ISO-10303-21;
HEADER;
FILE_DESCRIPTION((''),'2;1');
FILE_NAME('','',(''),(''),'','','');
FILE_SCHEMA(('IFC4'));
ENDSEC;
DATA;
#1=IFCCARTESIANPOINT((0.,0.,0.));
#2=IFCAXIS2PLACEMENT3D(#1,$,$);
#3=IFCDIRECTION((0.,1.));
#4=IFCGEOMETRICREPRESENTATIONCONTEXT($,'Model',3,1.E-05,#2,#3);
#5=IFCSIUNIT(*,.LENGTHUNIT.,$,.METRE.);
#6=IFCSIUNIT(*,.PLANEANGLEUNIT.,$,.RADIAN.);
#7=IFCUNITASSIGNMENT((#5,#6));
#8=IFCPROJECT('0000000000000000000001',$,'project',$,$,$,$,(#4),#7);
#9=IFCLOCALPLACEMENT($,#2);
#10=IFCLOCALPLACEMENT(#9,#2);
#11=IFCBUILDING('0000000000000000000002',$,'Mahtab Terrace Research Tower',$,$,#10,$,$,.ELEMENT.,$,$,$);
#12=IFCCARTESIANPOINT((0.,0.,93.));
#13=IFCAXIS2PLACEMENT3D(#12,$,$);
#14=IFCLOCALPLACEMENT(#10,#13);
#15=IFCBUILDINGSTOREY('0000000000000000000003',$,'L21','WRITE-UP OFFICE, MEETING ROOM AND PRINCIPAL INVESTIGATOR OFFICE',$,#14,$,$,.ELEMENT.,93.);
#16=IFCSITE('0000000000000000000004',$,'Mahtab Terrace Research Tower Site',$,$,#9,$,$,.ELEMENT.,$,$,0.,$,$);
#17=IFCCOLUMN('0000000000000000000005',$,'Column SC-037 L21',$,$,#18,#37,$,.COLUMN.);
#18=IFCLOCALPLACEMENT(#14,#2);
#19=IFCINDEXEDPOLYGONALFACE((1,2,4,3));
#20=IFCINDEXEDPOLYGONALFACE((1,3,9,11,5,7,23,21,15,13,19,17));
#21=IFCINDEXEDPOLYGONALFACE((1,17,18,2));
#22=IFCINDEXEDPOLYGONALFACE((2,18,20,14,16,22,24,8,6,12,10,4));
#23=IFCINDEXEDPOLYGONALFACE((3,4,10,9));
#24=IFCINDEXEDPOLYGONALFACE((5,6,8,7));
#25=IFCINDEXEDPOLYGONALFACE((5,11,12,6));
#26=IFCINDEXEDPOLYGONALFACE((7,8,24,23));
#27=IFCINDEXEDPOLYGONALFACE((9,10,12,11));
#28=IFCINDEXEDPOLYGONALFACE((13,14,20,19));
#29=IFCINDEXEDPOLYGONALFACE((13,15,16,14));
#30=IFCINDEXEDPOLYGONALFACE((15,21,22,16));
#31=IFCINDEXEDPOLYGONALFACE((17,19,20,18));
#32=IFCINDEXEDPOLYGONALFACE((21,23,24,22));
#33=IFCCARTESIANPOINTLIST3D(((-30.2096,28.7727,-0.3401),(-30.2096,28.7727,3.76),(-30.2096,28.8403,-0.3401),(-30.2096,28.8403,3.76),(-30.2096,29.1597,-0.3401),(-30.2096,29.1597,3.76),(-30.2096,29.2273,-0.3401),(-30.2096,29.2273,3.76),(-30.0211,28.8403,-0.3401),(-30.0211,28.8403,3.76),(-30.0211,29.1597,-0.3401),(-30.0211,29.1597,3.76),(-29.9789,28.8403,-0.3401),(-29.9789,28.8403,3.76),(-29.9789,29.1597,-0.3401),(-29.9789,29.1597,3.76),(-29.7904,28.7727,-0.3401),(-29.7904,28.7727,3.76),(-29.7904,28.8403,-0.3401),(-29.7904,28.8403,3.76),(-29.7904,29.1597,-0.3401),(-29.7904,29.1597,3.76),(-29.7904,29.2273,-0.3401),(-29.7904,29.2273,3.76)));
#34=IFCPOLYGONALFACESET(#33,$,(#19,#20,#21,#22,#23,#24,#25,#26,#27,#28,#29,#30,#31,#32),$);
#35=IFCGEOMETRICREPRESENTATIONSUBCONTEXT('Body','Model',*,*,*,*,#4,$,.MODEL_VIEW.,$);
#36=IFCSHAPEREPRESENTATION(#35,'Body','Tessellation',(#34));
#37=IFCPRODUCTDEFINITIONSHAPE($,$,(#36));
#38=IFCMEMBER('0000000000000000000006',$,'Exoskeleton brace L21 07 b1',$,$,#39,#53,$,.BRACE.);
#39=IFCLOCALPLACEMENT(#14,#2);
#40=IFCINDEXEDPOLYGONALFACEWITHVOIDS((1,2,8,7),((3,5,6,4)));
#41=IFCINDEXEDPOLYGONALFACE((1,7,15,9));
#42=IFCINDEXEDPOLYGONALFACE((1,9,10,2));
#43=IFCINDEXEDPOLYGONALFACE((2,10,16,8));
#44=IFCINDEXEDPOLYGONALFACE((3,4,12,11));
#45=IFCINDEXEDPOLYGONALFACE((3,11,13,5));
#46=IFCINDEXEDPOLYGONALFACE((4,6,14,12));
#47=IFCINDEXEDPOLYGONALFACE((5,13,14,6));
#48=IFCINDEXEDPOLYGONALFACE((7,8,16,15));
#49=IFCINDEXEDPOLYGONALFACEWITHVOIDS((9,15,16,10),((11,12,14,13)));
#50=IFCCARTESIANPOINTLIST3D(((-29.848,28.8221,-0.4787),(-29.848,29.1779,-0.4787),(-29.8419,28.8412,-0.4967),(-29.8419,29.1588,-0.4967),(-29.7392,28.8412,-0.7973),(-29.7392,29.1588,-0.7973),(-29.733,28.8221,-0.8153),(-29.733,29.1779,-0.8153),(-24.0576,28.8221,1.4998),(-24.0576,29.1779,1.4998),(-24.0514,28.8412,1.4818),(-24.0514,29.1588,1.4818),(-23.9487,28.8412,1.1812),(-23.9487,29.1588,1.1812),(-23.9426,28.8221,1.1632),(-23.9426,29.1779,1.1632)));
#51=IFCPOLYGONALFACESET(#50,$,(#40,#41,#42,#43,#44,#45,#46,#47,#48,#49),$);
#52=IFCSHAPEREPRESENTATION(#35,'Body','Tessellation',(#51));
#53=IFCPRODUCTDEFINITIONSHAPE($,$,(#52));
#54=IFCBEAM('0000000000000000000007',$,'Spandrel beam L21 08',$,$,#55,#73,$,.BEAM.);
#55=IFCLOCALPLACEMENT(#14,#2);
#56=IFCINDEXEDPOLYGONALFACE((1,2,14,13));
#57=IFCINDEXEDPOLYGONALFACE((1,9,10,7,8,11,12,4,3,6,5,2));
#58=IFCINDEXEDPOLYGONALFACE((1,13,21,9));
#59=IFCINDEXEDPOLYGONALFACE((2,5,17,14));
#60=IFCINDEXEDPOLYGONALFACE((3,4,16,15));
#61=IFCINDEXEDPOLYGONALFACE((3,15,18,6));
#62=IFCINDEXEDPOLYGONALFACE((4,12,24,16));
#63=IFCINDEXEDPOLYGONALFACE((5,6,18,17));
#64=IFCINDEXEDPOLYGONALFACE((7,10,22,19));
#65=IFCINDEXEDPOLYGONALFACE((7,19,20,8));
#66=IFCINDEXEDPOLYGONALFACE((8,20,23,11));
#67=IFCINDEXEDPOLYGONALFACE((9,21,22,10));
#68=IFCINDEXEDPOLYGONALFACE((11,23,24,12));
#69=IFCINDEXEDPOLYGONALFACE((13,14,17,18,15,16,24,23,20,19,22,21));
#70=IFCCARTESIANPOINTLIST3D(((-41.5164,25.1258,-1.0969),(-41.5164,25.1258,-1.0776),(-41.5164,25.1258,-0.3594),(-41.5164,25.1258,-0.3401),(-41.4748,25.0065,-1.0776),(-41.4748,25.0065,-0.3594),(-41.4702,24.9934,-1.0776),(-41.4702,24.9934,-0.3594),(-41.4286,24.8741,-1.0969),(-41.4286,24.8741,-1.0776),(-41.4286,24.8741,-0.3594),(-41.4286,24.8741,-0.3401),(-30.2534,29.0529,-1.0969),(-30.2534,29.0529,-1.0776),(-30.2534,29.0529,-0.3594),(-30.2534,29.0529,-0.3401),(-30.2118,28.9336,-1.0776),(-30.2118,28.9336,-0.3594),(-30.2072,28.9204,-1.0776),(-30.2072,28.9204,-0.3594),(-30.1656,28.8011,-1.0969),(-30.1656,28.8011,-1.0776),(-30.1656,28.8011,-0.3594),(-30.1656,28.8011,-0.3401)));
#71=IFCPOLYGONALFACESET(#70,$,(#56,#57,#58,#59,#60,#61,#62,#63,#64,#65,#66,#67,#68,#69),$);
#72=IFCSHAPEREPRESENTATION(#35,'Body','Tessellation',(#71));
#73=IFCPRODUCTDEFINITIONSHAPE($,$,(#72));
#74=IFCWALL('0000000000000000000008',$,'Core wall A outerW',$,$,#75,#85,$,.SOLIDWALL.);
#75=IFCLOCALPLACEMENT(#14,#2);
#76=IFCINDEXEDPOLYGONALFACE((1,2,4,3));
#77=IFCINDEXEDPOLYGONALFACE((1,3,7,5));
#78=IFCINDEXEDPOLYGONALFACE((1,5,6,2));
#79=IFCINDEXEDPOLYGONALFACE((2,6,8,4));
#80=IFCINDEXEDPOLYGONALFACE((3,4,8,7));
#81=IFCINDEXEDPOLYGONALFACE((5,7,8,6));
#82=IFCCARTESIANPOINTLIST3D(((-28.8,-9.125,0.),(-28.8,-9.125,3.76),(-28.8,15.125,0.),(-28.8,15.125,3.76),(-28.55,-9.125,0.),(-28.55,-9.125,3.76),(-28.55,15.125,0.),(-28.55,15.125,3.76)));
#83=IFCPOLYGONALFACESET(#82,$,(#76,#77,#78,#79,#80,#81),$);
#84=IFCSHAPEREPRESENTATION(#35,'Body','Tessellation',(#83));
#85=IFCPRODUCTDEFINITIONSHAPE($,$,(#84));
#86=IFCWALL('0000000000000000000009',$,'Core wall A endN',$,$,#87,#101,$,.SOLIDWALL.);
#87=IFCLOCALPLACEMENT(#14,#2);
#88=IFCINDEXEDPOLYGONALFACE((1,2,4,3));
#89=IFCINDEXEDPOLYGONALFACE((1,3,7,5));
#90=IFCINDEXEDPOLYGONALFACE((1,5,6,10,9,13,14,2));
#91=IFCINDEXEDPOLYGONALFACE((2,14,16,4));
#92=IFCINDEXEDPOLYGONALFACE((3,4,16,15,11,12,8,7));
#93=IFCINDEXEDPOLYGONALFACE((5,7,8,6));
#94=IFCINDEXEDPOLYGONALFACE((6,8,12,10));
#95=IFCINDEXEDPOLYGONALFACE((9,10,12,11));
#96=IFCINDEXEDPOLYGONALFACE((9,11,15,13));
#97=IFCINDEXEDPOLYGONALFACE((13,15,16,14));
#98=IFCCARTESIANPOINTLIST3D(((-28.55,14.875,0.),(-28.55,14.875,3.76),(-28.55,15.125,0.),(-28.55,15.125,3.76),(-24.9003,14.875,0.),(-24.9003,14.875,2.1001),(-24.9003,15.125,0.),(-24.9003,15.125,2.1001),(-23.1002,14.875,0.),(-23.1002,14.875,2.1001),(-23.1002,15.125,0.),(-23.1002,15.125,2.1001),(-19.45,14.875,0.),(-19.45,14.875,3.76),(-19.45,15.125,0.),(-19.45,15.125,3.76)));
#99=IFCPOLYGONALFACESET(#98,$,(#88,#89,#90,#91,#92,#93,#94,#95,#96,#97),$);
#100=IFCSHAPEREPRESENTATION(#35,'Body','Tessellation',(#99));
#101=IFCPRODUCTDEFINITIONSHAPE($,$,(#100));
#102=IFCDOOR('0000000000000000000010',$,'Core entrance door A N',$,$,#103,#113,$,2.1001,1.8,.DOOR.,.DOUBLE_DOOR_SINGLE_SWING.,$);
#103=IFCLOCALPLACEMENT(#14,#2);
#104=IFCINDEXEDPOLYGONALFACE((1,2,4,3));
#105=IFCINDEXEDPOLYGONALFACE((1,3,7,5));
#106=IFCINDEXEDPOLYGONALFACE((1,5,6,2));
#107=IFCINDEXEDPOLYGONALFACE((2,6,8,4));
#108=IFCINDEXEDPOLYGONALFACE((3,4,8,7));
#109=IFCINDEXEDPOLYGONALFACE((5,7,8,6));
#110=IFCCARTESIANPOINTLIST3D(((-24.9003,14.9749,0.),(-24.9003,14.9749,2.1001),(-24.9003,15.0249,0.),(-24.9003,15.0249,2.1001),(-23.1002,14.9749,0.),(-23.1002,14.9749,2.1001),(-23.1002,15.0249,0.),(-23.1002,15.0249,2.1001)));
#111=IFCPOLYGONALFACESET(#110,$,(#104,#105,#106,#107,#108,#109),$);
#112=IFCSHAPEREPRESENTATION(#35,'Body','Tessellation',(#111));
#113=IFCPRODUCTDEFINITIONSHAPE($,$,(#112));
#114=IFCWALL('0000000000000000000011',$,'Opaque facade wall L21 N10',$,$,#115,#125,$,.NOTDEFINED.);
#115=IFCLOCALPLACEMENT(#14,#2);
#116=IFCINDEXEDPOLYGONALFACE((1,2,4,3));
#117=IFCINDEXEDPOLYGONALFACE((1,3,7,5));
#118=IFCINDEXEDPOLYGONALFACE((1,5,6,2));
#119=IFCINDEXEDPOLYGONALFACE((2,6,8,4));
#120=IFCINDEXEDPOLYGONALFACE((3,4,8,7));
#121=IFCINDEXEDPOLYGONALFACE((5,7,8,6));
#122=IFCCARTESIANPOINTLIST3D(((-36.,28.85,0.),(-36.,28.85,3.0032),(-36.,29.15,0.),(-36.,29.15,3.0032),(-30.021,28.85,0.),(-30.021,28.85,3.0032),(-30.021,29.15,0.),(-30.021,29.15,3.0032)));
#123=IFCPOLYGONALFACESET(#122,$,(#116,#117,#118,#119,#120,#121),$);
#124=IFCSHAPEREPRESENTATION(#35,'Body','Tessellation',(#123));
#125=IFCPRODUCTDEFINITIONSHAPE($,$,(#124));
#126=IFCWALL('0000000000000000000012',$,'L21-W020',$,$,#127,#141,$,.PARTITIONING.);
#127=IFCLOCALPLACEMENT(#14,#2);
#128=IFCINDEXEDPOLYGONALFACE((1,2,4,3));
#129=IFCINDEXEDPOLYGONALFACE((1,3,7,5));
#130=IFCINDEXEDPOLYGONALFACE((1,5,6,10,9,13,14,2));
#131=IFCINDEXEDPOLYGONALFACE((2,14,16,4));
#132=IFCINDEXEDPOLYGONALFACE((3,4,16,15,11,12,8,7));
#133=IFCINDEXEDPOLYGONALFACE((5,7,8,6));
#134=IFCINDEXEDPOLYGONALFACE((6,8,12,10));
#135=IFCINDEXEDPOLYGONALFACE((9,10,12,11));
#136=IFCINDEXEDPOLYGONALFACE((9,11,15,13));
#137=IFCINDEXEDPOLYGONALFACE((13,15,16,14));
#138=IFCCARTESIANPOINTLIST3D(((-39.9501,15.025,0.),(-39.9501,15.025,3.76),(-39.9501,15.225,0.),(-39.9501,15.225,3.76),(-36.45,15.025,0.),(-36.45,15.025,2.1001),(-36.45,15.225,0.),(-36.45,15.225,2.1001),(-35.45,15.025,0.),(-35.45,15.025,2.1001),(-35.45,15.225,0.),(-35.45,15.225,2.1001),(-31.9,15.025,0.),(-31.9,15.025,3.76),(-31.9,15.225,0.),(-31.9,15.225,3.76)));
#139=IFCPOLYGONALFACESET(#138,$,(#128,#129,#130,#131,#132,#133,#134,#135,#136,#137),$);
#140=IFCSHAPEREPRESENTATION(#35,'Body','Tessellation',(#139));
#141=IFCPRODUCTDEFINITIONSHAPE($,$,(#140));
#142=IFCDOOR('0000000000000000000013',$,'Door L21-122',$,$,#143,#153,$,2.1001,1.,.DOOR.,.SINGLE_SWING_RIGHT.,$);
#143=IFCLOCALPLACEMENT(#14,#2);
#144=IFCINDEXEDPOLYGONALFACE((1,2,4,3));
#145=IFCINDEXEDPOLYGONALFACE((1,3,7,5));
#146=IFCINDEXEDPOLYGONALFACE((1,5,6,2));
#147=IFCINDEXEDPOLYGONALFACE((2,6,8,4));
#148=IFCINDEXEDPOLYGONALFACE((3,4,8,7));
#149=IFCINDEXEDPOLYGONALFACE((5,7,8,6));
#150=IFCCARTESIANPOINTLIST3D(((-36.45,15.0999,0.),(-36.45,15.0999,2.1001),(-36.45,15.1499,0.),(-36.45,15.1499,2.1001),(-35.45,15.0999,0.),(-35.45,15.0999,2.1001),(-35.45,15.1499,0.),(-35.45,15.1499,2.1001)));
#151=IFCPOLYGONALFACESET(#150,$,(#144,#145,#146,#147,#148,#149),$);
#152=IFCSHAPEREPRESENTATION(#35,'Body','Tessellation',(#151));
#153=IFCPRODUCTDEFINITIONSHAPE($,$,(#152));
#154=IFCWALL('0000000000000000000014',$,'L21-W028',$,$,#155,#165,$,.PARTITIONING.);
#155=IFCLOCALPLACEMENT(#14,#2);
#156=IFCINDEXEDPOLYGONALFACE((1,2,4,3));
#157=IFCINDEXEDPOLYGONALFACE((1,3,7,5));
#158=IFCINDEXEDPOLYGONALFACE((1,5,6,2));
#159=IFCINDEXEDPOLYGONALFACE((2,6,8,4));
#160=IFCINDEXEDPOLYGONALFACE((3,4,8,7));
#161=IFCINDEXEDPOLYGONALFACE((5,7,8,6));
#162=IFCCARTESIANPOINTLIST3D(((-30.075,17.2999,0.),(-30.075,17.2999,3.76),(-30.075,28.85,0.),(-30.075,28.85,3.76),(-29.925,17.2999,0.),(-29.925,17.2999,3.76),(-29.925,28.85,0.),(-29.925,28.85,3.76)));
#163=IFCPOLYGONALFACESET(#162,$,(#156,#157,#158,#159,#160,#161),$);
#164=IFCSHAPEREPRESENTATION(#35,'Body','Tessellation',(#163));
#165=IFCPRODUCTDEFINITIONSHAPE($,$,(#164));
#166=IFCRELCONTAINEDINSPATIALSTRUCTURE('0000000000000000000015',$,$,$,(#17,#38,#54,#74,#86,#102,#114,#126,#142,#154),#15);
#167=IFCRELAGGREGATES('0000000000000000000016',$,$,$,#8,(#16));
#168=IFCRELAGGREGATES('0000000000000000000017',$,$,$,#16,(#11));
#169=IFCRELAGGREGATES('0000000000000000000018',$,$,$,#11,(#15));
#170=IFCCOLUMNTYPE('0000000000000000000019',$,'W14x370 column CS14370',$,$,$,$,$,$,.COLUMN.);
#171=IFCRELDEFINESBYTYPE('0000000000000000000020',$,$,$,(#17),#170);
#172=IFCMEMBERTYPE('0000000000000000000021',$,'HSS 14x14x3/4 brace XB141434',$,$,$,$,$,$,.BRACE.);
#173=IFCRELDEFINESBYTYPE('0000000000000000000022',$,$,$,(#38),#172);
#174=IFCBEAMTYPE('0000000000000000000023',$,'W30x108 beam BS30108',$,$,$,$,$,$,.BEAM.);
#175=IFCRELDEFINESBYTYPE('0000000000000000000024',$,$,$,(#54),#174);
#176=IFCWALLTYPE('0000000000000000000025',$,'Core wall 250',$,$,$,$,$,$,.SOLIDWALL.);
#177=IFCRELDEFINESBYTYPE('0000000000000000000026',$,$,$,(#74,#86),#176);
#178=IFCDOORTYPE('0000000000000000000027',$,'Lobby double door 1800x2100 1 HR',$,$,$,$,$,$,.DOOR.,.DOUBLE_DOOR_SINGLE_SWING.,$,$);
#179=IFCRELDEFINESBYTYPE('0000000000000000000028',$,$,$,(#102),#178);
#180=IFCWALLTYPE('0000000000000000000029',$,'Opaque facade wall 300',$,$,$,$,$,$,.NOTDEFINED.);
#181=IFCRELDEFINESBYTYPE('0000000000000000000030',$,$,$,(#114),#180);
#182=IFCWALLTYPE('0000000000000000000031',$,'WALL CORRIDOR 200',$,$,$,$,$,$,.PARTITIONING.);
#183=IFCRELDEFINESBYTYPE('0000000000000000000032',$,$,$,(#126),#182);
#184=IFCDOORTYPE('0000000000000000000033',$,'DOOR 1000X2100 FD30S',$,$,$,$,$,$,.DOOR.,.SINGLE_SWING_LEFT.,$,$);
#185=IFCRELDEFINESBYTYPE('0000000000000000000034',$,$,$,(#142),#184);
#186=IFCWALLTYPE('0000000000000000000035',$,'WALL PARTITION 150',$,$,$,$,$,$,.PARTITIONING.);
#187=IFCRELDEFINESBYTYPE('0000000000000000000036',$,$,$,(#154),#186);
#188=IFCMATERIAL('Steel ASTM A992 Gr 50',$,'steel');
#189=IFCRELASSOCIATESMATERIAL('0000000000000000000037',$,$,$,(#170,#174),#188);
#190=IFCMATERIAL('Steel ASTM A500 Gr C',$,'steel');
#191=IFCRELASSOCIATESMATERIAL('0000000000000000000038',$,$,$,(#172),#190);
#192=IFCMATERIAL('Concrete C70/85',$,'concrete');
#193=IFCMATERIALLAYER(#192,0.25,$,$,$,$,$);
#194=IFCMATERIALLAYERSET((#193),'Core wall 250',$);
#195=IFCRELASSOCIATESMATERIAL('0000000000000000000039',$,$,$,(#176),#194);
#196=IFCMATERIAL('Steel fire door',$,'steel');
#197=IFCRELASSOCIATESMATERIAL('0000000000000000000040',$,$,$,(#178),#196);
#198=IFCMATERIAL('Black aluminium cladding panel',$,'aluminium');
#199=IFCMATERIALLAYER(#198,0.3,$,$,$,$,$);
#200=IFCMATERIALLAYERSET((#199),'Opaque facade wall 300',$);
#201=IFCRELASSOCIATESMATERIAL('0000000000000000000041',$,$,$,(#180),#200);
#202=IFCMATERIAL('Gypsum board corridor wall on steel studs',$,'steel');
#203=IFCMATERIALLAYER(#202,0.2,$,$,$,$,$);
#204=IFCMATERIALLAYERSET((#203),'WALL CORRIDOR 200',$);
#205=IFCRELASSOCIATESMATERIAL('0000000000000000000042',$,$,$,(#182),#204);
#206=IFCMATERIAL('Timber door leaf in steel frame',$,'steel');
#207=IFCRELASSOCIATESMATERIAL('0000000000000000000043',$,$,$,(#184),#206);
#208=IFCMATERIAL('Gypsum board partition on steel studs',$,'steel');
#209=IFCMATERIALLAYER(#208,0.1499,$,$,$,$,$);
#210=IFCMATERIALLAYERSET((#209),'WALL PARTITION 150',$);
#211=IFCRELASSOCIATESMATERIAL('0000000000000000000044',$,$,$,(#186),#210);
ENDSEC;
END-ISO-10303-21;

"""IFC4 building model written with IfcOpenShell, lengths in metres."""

from ifc_helpers import new_model, si_unit, direction, frame, frame_2d, origin, origin_2d, place, context, subcontext, project, spatial, rectangle, hollow_rectangle, i_section, extrude, material, layer, layer_set, material_profile, profile_set, type_object, element, fill, save


model = new_model("IFC4")

# Units and contexts
model_context = context("Model", 3, precision=1e-05, world=origin(), true_north=direction((0.0, 1.0)))
body_context = subcontext(model_context, "Body", "Model", "MODEL_VIEW")
ifc_project = project(units=[si_unit("LENGTHUNIT", "METRE"), si_unit("PLANEANGLEUNIT", "RADIAN")], contexts=[model_context])

# Site, building, storey
site_placement = place(None, origin())
site = spatial("IfcSite", under=ifc_project, at=site_placement, Name="Mahtab Terrace Research Tower Site", CompositionType="ELEMENT", RefElevation=0.0)
building_placement = place(site_placement, origin())
building = spatial("IfcBuilding", under=site, at=building_placement, Name="Mahtab Terrace Research Tower", CompositionType="ELEMENT")
storey_placement = place(building_placement, frame((0.0, 0.0, 93.0)))
storey = spatial("IfcBuildingStorey", under=building, at=storey_placement, Name="L21", Description="WRITE-UP OFFICE, MEETING ROOM AND PRINCIPAL INVESTIGATOR OFFICE", CompositionType="ELEMENT", Elevation=93.0)

# Column
ifc_material_1 = material(Name="Steel ASTM A992 Gr 50", Category="steel")
ifc_material_profile_1 = material_profile(ifc_material_1, i_section(OverallWidth=0.4192, OverallDepth=0.4546, WebThickness=0.0422, FlangeThickness=0.0676, at=origin_2d()), Name="W14X370")
ifc_profile_set_1 = profile_set([ifc_material_profile_1], Name="Steel ASTM A992 Gr 50")
column_type = type_object("IfcColumnType", Name="W14x370 column CS14370", PredefinedType="COLUMN", material=ifc_profile_set_1)
column_placement = place(storey_placement, frame((-30.0, 29.0, -0.3401), z_axis=(0.0, 0.0, 1.0), x_axis=(1.0, 0.0, 0.0)))
element("IfcColumn", 1, at=column_placement, inside=storey, type_object=column_type, Name="Column SC-037 L21", PredefinedType="COLUMN", context=body_context, shape_type="SweptSolid", body=[
    extrude(i_section(OverallWidth=0.4192, OverallDepth=0.4546, WebThickness=0.0422, FlangeThickness=0.0676, at=origin_2d()), origin(), (0.0, 0.0, 1.0), 4.1001),
])

# Member
ifc_material_2 = material(Name="Steel ASTM A500 Gr C", Category="steel")
ifc_material_profile_2 = material_profile(ifc_material_2, hollow_rectangle(XDim=0.3557, YDim=0.3557, WallThickness=0.019, at=origin_2d()), Name="HSS14X14X3/4")
ifc_profile_set_2 = profile_set([ifc_material_profile_2], Name="Steel ASTM A500 Gr C")
member_type = type_object("IfcMemberType", Name="HSS 14x14x3/4 brace XB141434", PredefinedType="BRACE", material=ifc_profile_set_2)
member_placement = place(storey_placement, frame((-29.7905, 29.0, -0.647), z_axis=(0.946287, 0.0, 0.323329), x_axis=(0.0, 1.0, 0.0)))
element("IfcMember", 2, at=member_placement, inside=storey, type_object=member_type, Name="Exoskeleton brace L21 07 b1", PredefinedType="BRACE", context=body_context, shape_type="SweptSolid", body=[
    extrude(hollow_rectangle(XDim=0.3557, YDim=0.3557, WallThickness=0.019, at=origin_2d()), origin(), (0.0, 0.0, 1.0), 6.1191),
])

# Beam
ifc_material_profile_3 = material_profile(ifc_material_1, i_section(OverallWidth=0.2666, OverallDepth=0.7568, WebThickness=0.0139, FlangeThickness=0.0193, at=origin_2d()), Name="W30X108")
ifc_profile_set_3 = profile_set([ifc_material_profile_3], Name="Steel ASTM A992 Gr 50")
beam_type = type_object("IfcBeamType", Name="W30x108 beam BS30108", PredefinedType="BEAM", material=ifc_profile_set_3)
beam_placement = place(storey_placement, frame((-30.2095, 28.927, -0.7185), z_axis=(-0.944251, -0.329228, 0.0), x_axis=(0.329228, -0.944251, 0.0)))
element("IfcBeam", 3, at=beam_placement, inside=storey, type_object=beam_type, Name="Spandrel beam L21 08", PredefinedType="BEAM", context=body_context, shape_type="SweptSolid", body=[
    extrude(i_section(OverallWidth=0.2666, OverallDepth=0.7568, WebThickness=0.0139, FlangeThickness=0.0193, at=origin_2d()), origin(), (0.0, 0.0, 1.0), 11.928),
])

# Wall
ifc_material_3 = material(Name="Concrete C70/85", Category="concrete")
ifc_layer_1 = layer(ifc_material_3, 0.25)
ifc_layer_set_1 = layer_set([ifc_layer_1], Name="Core wall 250")
wall_type_1 = type_object("IfcWallType", Name="Core wall 250", PredefinedType="SOLIDWALL", material=ifc_layer_set_1)
wall_1_placement = place(storey_placement, frame((-28.675, 15.125, 0.0), z_axis=(0.0, 0.0, 1.0), x_axis=(0.0, -1.0, 0.0)))
element("IfcWall", 4, at=wall_1_placement, inside=storey, type_object=wall_type_1, Name="Core wall A outerW", PredefinedType="SOLIDWALL", context=body_context, shape_type="SweptSolid", body=[
    extrude(rectangle(XDim=24.25, YDim=0.25, at=frame_2d((12.125, 0.0))), origin(), (0.0, 0.0, 1.0), 3.76),
])

# Wall, opening, door
wall_2_placement = place(storey_placement, frame((-28.55, 15.0, 0.0), z_axis=(0.0, 0.0, 1.0), x_axis=(1.0, 0.0, 0.0)))
wall_2 = element("IfcWall", 5, at=wall_2_placement, inside=storey, type_object=wall_type_1, Name="Core wall A endN", PredefinedType="SOLIDWALL", context=body_context, shape_type="SweptSolid", body=[
    extrude(rectangle(XDim=9.1001, YDim=0.25, at=frame_2d((4.55, 0.0))), origin(), (0.0, 0.0, 1.0), 3.76),
])
opening_1_placement = place(wall_2_placement, frame((3.6499, 0.0, 0.0)))
opening_1 = element("IfcOpeningElement", 6, at=opening_1_placement, cuts=wall_2, PredefinedType="OPENING", context=body_context, shape_type="SweptSolid", body=[
    extrude(rectangle(XDim=1.8, YDim=2.1001, at=frame_2d((0.8999, 1.05))), frame((0.0, 0.135, 0.0), z_axis=(0.0, -1.0, 0.0), x_axis=(1.0, 0.0, 0.0)), (0.0, 0.0, 1.0), 0.27),
])
ifc_material_4 = material(Name="Steel fire door", Category="steel")
door_type_1 = type_object("IfcDoorType", Name="Lobby double door 1800x2100 1 HR", OperationType="DOUBLE_DOOR_SINGLE_SWING", PredefinedType="DOOR", material=ifc_material_4)
door_1_placement = place(opening_1_placement, origin())
door_1 = element("IfcDoor", 7, at=door_1_placement, inside=storey, type_object=door_type_1, Name="Core entrance door A N", OperationType="DOUBLE_DOOR_SINGLE_SWING", OverallHeight=2.1001, OverallWidth=1.8, PredefinedType="DOOR", context=body_context, shape_type="SweptSolid", body=[
    extrude(rectangle(XDim=1.8, YDim=2.1001, at=frame_2d((0.8999, 1.05))), frame((0.0, 0.0249, 0.0), z_axis=(0.0, -1.0, 0.0), x_axis=(1.0, 0.0, 0.0)), (0.0, 0.0, 1.0), 0.05),
])
fill(opening_1, door_1)

# Wall
ifc_material_5 = material(Name="Black aluminium cladding panel", Category="aluminium")
ifc_layer_2 = layer(ifc_material_5, 0.3)
ifc_layer_set_2 = layer_set([ifc_layer_2], Name="Opaque facade wall 300")
wall_type_2 = type_object("IfcWallType", Name="Opaque facade wall 300", PredefinedType="NOTDEFINED", material=ifc_layer_set_2)
wall_3_placement = place(storey_placement, frame((-30.021, 29.0, 0.0), z_axis=(0.0, 0.0, 1.0), x_axis=(-1.0, 0.0, 0.0)))
element("IfcWall", 8, at=wall_3_placement, inside=storey, type_object=wall_type_2, Name="Opaque facade wall L21 N10", PredefinedType="NOTDEFINED", context=body_context, shape_type="SweptSolid", body=[
    extrude(rectangle(XDim=5.979, YDim=0.3, at=frame_2d((2.9895, 0.0))), origin(), (0.0, 0.0, 1.0), 3.0032),
])

# Wall, opening, door
ifc_material_6 = material(Name="Gypsum board corridor wall on steel studs", Category="steel")
ifc_layer_3 = layer(ifc_material_6, 0.2)
ifc_layer_set_3 = layer_set([ifc_layer_3], Name="WALL CORRIDOR 200")
wall_type_3 = type_object("IfcWallType", Name="WALL CORRIDOR 200", PredefinedType="PARTITIONING", material=ifc_layer_set_3)
wall_4_placement = place(storey_placement, frame((-39.95, 15.125, 0.0), z_axis=(0.0, 0.0, 1.0), x_axis=(1.0, 0.0, 0.0)))
wall_4 = element("IfcWall", 9, at=wall_4_placement, inside=storey, type_object=wall_type_3, Name="L21-W020", PredefinedType="PARTITIONING", context=body_context, shape_type="SweptSolid", body=[
    extrude(rectangle(XDim=8.05, YDim=0.2, at=frame_2d((4.0249, 0.0))), origin(), (0.0, 0.0, 1.0), 3.76),
])
opening_2_placement = place(wall_4_placement, frame((3.5, 0.0, 0.0)))
opening_2 = element("IfcOpeningElement", 10, at=opening_2_placement, cuts=wall_4, PredefinedType="OPENING", context=body_context, shape_type="SweptSolid", body=[
    extrude(rectangle(XDim=1.0, YDim=2.1001, at=frame_2d((0.5, 1.05))), frame((0.0, 0.1099, 0.0), z_axis=(0.0, -1.0, 0.0), x_axis=(1.0, 0.0, 0.0)), (0.0, 0.0, 1.0), 0.22),
])
ifc_material_7 = material(Name="Timber door leaf in steel frame", Category="steel")
door_type_2 = type_object("IfcDoorType", Name="DOOR 1000X2100 FD30S", OperationType="SINGLE_SWING_LEFT", PredefinedType="DOOR", material=ifc_material_7)
door_2_placement = place(opening_2_placement, origin())
door_2 = element("IfcDoor", 11, at=door_2_placement, inside=storey, type_object=door_type_2, Name="Door L21-122", OperationType="SINGLE_SWING_RIGHT", OverallHeight=2.1001, OverallWidth=1.0, PredefinedType="DOOR", context=body_context, shape_type="SweptSolid", body=[
    extrude(rectangle(XDim=1.0, YDim=2.1001, at=frame_2d((0.5, 1.05))), frame((0.0, 0.0249, 0.0), z_axis=(0.0, -1.0, 0.0), x_axis=(1.0, 0.0, 0.0)), (0.0, 0.0, 1.0), 0.05),
])
fill(opening_2, door_2)

# Wall
ifc_material_8 = material(Name="Gypsum board partition on steel studs", Category="steel")
ifc_layer_4 = layer(ifc_material_8, 0.1499)
ifc_layer_set_4 = layer_set([ifc_layer_4], Name="WALL PARTITION 150")
wall_type_4 = type_object("IfcWallType", Name="WALL PARTITION 150", PredefinedType="PARTITIONING", material=ifc_layer_set_4)
for number, where, z_axis, x_axis, name in (
    (12, (-30.0, 17.3, 0.0), (0.0, 0.0, 1.0), (0.0, 1.0, 0.0), "L21-W028"),
):
    element("IfcWall", number, at=place(storey_placement, frame(where, z_axis=z_axis, x_axis=x_axis)), inside=storey, type_object=wall_type_4, Name=name, PredefinedType="PARTITIONING", context=body_context, shape_type="SweptSolid", body=[
        extrude(rectangle(XDim=11.55, YDim=0.1499, at=frame_2d((5.7749, 0.0))), origin(), (0.0, 0.0, 1.0), 3.76),
    ])

save(model, "model.ifc")
